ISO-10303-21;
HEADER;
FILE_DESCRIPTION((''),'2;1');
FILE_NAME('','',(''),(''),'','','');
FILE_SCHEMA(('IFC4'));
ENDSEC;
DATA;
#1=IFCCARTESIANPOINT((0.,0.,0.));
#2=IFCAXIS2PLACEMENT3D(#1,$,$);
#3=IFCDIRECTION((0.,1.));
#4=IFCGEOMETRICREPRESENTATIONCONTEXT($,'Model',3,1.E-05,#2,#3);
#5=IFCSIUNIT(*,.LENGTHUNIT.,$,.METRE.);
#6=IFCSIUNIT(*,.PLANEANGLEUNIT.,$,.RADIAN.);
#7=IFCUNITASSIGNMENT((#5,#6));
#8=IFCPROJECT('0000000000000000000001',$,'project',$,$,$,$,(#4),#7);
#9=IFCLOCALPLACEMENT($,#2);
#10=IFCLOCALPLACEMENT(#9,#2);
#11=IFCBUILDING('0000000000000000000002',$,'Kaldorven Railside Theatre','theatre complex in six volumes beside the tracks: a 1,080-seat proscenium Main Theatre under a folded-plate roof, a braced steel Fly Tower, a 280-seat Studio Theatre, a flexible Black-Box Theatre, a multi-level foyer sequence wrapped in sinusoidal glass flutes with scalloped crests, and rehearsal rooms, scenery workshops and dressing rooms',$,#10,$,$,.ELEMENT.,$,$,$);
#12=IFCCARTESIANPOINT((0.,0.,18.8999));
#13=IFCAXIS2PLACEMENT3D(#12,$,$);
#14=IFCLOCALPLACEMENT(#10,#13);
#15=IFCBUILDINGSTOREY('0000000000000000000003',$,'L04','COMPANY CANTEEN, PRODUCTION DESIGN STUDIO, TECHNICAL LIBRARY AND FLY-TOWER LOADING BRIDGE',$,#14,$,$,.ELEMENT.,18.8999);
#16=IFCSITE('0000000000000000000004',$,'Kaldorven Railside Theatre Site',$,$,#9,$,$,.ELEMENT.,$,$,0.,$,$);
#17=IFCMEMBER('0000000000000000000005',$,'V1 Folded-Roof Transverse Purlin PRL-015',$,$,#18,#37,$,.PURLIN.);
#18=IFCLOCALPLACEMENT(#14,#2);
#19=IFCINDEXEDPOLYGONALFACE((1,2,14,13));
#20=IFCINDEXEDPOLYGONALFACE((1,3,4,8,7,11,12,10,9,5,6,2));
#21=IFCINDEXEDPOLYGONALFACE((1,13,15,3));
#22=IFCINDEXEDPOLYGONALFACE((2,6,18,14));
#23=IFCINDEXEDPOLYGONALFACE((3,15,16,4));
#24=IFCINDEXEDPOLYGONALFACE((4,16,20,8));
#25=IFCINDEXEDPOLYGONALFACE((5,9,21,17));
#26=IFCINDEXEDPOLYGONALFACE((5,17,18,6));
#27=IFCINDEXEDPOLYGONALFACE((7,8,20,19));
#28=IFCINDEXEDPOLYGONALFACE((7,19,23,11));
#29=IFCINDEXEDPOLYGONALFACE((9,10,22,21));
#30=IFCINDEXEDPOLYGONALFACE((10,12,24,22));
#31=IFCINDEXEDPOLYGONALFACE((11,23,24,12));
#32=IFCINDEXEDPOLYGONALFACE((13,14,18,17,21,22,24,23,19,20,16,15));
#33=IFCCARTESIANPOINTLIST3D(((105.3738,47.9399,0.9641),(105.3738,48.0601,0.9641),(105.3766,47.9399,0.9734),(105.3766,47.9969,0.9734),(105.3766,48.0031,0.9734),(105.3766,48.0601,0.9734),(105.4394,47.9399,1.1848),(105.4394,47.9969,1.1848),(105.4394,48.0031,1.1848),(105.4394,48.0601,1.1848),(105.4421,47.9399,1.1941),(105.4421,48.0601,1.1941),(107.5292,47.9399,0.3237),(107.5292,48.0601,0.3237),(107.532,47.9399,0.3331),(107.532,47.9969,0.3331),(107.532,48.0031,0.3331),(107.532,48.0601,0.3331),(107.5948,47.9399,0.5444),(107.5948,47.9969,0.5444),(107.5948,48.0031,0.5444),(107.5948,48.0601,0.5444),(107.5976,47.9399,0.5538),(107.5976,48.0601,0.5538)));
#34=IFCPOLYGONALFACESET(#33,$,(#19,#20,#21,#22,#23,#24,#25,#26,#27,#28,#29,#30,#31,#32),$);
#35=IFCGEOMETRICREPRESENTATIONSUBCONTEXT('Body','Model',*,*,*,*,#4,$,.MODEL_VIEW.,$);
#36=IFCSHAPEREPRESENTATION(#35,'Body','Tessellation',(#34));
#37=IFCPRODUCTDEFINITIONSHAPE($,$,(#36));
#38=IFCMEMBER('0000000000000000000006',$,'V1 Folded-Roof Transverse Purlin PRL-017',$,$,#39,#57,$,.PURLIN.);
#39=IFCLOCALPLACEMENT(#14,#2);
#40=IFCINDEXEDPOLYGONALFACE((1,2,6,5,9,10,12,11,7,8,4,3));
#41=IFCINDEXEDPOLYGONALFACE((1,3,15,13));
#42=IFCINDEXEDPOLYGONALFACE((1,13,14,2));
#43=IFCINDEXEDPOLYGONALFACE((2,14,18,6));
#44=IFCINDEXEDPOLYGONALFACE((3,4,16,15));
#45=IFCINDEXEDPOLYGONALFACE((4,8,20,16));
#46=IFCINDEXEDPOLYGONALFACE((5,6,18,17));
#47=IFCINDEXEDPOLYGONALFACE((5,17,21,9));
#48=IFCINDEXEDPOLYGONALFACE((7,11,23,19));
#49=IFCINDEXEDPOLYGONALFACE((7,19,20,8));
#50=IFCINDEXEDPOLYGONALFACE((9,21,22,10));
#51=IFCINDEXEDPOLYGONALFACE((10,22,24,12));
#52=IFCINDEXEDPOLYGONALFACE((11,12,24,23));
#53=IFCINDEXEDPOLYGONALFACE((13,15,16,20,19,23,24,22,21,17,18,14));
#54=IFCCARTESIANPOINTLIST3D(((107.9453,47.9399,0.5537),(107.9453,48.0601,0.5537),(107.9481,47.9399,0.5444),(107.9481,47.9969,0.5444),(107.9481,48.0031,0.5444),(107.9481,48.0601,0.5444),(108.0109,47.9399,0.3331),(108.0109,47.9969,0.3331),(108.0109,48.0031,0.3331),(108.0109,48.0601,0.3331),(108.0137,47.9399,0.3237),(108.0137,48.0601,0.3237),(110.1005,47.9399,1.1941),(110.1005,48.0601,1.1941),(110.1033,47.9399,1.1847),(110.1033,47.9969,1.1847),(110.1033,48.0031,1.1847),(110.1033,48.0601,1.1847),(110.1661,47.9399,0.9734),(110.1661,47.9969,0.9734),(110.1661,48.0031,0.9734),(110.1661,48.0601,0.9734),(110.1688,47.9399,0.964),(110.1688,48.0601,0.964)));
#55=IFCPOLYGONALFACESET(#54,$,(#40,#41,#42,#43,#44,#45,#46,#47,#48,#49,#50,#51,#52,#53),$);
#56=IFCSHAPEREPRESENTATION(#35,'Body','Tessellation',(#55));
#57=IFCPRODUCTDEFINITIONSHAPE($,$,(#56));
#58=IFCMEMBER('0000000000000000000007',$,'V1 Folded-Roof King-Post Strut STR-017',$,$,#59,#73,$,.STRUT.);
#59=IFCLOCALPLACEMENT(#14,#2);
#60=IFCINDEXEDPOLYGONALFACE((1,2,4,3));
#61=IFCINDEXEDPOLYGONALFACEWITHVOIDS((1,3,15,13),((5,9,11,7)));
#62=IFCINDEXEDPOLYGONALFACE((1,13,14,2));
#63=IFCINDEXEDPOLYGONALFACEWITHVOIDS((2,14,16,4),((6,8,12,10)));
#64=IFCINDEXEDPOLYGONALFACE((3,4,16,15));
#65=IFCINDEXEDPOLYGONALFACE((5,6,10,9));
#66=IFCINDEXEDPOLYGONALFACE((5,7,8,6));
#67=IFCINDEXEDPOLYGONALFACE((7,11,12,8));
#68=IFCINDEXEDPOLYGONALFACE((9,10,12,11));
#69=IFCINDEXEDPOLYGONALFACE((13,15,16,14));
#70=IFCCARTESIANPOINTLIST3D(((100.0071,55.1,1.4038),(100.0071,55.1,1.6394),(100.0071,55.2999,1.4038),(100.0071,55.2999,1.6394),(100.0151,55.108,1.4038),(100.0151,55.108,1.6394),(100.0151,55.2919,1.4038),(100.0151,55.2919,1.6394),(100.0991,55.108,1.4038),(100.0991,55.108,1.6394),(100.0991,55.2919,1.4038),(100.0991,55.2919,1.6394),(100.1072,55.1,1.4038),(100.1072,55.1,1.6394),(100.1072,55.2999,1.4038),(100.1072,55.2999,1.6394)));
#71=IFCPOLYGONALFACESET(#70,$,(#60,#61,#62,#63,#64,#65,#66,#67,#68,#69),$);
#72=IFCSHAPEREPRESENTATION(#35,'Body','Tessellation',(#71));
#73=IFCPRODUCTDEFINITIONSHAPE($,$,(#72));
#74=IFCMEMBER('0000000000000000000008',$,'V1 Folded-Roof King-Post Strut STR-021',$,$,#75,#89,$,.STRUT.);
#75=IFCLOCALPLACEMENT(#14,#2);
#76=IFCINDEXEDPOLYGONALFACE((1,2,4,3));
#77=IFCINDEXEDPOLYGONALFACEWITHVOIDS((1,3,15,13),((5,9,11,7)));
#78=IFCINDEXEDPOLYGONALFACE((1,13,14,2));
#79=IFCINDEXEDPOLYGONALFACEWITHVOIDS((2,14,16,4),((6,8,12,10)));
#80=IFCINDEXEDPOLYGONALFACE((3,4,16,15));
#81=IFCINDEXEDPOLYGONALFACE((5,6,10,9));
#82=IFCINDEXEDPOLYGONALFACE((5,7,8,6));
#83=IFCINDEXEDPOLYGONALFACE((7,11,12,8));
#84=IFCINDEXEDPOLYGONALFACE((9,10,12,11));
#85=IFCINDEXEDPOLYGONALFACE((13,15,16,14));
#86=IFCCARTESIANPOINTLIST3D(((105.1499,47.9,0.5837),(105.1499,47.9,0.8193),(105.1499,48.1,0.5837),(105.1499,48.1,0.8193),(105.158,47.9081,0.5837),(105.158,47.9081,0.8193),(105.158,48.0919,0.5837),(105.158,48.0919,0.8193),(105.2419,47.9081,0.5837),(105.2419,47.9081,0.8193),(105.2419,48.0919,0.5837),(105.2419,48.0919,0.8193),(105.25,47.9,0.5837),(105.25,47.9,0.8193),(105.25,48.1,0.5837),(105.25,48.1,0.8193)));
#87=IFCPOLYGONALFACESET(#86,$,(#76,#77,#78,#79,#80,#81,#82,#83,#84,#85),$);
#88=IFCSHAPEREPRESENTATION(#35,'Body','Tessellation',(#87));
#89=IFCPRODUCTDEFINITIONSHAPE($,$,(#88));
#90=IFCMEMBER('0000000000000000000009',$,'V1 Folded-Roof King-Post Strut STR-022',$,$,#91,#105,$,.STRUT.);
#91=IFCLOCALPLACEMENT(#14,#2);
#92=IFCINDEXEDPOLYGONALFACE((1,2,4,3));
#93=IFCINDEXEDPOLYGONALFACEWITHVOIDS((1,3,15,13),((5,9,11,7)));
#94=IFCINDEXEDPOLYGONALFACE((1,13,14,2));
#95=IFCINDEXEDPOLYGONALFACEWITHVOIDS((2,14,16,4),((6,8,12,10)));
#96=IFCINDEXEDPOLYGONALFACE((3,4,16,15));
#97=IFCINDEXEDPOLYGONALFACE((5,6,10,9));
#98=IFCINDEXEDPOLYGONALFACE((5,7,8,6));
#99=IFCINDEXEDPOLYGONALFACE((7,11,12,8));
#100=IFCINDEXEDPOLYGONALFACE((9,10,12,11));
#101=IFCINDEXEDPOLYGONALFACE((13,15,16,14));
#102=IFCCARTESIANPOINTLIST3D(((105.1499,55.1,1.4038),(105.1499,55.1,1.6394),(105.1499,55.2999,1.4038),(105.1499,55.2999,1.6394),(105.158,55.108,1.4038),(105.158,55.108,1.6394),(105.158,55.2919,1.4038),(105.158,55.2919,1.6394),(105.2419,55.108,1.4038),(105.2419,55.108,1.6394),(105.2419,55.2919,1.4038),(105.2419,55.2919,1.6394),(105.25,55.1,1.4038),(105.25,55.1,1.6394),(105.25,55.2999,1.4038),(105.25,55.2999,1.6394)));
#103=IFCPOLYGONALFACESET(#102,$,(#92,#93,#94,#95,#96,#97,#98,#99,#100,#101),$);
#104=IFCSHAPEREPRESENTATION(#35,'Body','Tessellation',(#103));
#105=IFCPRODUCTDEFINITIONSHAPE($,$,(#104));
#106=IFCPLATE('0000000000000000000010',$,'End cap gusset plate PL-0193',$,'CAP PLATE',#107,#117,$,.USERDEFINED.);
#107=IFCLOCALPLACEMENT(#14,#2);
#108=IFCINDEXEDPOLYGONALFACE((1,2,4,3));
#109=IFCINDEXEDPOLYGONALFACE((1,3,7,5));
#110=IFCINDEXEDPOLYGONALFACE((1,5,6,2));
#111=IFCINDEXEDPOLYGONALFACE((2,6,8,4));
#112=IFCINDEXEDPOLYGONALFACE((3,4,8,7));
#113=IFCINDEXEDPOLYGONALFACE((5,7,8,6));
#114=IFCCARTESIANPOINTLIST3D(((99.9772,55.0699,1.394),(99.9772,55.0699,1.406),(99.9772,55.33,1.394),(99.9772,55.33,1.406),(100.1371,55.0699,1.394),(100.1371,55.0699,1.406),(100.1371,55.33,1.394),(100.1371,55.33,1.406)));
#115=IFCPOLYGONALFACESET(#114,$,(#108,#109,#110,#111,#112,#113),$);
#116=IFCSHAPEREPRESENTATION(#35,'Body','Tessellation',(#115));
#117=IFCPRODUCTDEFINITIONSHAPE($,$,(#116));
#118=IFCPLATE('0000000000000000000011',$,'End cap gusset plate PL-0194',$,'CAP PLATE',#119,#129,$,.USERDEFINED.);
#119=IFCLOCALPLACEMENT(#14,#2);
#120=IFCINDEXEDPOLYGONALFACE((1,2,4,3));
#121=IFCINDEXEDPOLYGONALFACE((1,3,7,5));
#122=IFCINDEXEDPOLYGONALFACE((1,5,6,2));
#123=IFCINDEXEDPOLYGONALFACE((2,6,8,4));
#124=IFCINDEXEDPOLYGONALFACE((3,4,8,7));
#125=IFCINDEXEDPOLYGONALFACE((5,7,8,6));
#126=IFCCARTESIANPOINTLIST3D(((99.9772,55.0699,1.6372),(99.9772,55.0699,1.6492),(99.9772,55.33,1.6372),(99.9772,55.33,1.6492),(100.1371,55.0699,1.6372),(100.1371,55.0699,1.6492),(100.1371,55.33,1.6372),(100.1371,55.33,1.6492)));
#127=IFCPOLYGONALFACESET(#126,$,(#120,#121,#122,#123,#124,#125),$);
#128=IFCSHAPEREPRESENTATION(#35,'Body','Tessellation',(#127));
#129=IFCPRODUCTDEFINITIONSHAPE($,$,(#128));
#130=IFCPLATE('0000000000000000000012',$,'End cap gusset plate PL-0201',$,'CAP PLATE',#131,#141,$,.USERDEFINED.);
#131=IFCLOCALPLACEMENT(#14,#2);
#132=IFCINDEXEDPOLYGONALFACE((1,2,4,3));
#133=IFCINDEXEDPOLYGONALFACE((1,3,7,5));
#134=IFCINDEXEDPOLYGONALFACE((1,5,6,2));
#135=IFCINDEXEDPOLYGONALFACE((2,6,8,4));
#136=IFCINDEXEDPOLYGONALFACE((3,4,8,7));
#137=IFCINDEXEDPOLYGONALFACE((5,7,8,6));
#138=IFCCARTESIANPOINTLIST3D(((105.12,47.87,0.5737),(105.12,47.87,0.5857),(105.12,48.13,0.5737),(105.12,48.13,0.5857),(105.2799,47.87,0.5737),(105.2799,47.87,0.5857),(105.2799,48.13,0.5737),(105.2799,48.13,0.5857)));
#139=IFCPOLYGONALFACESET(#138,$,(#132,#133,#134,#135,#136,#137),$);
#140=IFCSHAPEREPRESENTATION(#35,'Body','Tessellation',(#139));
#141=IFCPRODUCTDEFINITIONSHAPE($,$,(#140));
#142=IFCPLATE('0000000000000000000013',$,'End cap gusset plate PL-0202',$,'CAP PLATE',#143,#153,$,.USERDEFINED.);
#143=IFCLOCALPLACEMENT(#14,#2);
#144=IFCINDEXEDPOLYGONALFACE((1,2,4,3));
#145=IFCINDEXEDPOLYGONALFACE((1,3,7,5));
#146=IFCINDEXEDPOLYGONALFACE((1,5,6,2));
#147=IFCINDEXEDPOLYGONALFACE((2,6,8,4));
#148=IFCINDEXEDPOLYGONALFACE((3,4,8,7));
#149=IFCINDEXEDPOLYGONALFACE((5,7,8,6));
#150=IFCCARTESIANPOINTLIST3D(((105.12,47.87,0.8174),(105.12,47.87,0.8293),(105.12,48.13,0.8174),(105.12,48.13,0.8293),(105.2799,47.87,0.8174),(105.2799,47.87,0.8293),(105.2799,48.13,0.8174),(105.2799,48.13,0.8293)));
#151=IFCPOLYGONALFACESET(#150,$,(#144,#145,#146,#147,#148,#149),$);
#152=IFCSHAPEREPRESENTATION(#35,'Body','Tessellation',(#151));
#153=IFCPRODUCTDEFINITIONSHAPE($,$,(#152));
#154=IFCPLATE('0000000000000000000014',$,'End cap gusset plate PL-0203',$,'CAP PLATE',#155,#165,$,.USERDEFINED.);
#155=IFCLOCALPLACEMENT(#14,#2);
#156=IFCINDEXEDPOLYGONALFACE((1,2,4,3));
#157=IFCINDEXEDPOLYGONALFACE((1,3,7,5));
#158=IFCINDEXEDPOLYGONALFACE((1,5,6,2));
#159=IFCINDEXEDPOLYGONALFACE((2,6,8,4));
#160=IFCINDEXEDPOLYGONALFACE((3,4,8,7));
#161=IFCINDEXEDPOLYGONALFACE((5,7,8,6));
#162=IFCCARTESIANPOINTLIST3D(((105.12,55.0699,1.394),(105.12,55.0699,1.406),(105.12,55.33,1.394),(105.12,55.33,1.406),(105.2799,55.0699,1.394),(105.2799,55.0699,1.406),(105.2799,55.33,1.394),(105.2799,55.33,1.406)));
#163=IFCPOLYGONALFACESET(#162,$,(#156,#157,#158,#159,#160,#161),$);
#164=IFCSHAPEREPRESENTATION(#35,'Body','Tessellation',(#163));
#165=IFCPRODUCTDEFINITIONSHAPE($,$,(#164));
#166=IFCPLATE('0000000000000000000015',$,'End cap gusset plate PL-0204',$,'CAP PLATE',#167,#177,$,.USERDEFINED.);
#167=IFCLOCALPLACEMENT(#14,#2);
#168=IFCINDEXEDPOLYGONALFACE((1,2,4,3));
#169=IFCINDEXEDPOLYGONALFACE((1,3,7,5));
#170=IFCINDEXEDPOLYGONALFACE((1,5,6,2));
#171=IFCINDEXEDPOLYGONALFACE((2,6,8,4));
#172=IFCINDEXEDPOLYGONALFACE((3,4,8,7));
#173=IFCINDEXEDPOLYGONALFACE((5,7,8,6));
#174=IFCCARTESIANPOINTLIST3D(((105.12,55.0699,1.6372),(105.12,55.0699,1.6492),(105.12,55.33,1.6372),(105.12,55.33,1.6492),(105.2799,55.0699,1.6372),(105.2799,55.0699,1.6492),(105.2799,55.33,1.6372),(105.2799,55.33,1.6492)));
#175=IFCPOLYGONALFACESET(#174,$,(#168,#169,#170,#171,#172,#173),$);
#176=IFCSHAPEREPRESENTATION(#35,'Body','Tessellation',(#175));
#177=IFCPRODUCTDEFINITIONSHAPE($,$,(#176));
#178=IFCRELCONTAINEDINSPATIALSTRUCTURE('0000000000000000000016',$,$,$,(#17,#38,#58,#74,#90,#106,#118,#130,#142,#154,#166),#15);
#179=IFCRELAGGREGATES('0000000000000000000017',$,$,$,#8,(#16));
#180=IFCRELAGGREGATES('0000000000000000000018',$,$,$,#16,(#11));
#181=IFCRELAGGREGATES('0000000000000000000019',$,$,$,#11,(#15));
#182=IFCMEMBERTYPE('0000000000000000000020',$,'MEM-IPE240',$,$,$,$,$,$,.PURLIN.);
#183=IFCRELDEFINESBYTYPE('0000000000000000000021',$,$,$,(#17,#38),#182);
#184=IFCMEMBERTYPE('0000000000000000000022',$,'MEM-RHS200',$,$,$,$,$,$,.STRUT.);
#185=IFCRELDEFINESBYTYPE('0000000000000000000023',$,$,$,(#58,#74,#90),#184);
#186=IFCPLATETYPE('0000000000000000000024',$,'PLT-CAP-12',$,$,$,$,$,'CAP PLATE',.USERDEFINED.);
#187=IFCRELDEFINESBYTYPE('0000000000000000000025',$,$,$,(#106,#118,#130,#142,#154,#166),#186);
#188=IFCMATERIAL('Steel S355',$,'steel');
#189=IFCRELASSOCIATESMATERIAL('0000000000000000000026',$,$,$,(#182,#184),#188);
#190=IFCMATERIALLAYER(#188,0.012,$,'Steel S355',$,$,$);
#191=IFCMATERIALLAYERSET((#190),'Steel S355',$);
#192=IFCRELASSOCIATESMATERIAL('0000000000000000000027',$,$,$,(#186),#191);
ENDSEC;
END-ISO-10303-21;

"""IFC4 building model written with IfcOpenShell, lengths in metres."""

from ifc_helpers import new_model, si_unit, direction, frame, origin, origin_2d, place, context, subcontext, project, spatial, rectangle, hollow_rectangle, i_section, extrude, material, layer, layer_set, material_profile, profile_set, type_object, element, save


model = new_model("IFC4")

# Units and contexts
model_context = context("Model", 3, precision=1e-05, world=origin(), true_north=direction((0.0, 1.0)))
body_context = subcontext(model_context, "Body", "Model", "MODEL_VIEW")
ifc_project = project(units=[si_unit("LENGTHUNIT", "METRE"), si_unit("PLANEANGLEUNIT", "RADIAN")], contexts=[model_context])

# Site, building, storey
site_placement = place(None, origin())
site = spatial("IfcSite", under=ifc_project, at=site_placement, Name="Kaldorven Railside Theatre Site", CompositionType="ELEMENT", RefElevation=0.0)
building_placement = place(site_placement, origin())
building = spatial("IfcBuilding", under=site, at=building_placement, Name="Kaldorven Railside Theatre", Description="theatre complex in six volumes beside the tracks: a 1,080-seat proscenium Main Theatre under a folded-plate roof, a braced steel Fly Tower, a 280-seat Studio Theatre, a flexible Black-Box Theatre, a multi-level foyer sequence wrapped in sinusoidal glass flutes with scalloped crests, and rehearsal rooms, scenery workshops and dressing rooms", CompositionType="ELEMENT")
storey_placement = place(building_placement, frame((0.0, 0.0, 18.8999)))
storey = spatial("IfcBuildingStorey", under=building, at=storey_placement, Name="L04", Description="COMPANY CANTEEN, PRODUCTION DESIGN STUDIO, TECHNICAL LIBRARY AND FLY-TOWER LOADING BRIDGE", CompositionType="ELEMENT", Elevation=18.8999)

# Shared definitions
ifc_material = material(Name="Steel S355", Category="steel")

# Members
ifc_material_profile_1 = material_profile(ifc_material, i_section(OverallWidth=0.1201, OverallDepth=0.24, WebThickness=0.0061, FlangeThickness=0.0098, at=origin_2d()), Name="IPE 240")
ifc_profile_set_1 = profile_set([ifc_material_profile_1], Name="Steel S355")
member_type_1 = type_object("IfcMemberType", Name="MEM-IPE240", PredefinedType="PURLIN", material=ifc_profile_set_1)
member_1_placement = place(storey_placement, frame((105.408, 48.0, 1.0791), z_axis=(0.958591, 0.0, -0.284787), x_axis=(0.0, 1.0, 0.0)))
element("IfcMember", 1, at=member_1_placement, inside=storey, type_object=member_type_1, Name="V1 Folded-Roof Transverse Purlin PRL-015", PredefinedType="PURLIN", context=body_context, shape_type="SweptSolid", body=[
    extrude(i_section(OverallWidth=0.1201, OverallDepth=0.24, WebThickness=0.0061, FlangeThickness=0.0098, at=origin_2d()), origin(), (0.0, 0.0, 1.0), 2.2485),
])
member_2_placement = place(storey_placement, frame((107.9795, 48.0, 0.4387), z_axis=(0.958582, 0.0, 0.284817), x_axis=(0.0, 1.0, 0.0)))
element("IfcMember", 2, at=member_2_placement, inside=storey, type_object=member_type_1, Name="V1 Folded-Roof Transverse Purlin PRL-017", PredefinedType="PURLIN", context=body_context, shape_type="SweptSolid", body=[
    extrude(i_section(OverallWidth=0.1201, OverallDepth=0.24, WebThickness=0.0061, FlangeThickness=0.0098, at=origin_2d()), origin(), (0.0, 0.0, 1.0), 2.2483),
])
ifc_material_profile_2 = material_profile(ifc_material, hollow_rectangle(XDim=0.1001, YDim=0.2, WallThickness=0.0081, at=origin_2d()), Name="RHS 200x100x8")
ifc_profile_set_2 = profile_set([ifc_material_profile_2], Name="Steel S355")
member_type_2 = type_object("IfcMemberType", Name="MEM-RHS200", PredefinedType="STRUT", material=ifc_profile_set_2)
for number, where, z_axis, x_axis, name in (
    (3, (100.0571, 55.2, 1.4038), (0.0, 0.0, 1.0), (1.0, 0.0, 0.0), "V1 Folded-Roof King-Post Strut STR-017"),
    (4, (105.2, 48.0, 0.5837), (0.0, 0.0, 1.0), (1.0, 0.0, 0.0), "V1 Folded-Roof King-Post Strut STR-021"),
    (5, (105.2, 55.2, 1.4038), (0.0, 0.0, 1.0), (1.0, 0.0, 0.0), "V1 Folded-Roof King-Post Strut STR-022"),
):
    element("IfcMember", number, at=place(storey_placement, frame(where, z_axis=z_axis, x_axis=x_axis)), inside=storey, type_object=member_type_2, Name=name, PredefinedType="STRUT", context=body_context, shape_type="SweptSolid", body=[
        extrude(hollow_rectangle(XDim=0.1001, YDim=0.2, WallThickness=0.0081, at=origin_2d()), origin(), (0.0, 0.0, 1.0), 0.2356),
    ])

# Plates
ifc_layer = layer(ifc_material, 0.012, Name="Steel S355")
ifc_layer_set = layer_set([ifc_layer], Name="Steel S355")
plate_type = type_object("IfcPlateType", Name="PLT-CAP-12", ElementType="CAP PLATE", PredefinedType="USERDEFINED", material=ifc_layer_set)
for number, where, z_axis, x_axis, name in (
    (6, (100.0571, 55.2, 1.394), (0.0, 0.0, 1.0), (1.0, 0.0, 0.0), "End cap gusset plate PL-0193"),
    (7, (100.0571, 55.2, 1.6372), (0.0, 0.0, 1.0), (1.0, 0.0, 0.0), "End cap gusset plate PL-0194"),
    (8, (105.2, 48.0, 0.5737), (0.0, 0.0, 1.0), (1.0, 0.0, 0.0), "End cap gusset plate PL-0201"),
    (9, (105.2, 48.0, 0.8174), (0.0, 0.0, 1.0), (1.0, 0.0, 0.0), "End cap gusset plate PL-0202"),
    (10, (105.2, 55.2, 1.394), (0.0, 0.0, 1.0), (1.0, 0.0, 0.0), "End cap gusset plate PL-0203"),
    (11, (105.2, 55.2, 1.6372), (0.0, 0.0, 1.0), (1.0, 0.0, 0.0), "End cap gusset plate PL-0204"),
):
    element("IfcPlate", number, at=place(storey_placement, frame(where, z_axis=z_axis, x_axis=x_axis)), inside=storey, type_object=plate_type, Name=name, ObjectType="CAP PLATE", PredefinedType="USERDEFINED", context=body_context, shape_type="SweptSolid", body=[
        extrude(rectangle(XDim=0.1599, YDim=0.26, at=origin_2d()), origin(), (0.0, 0.0, 1.0), 0.012),
    ])

save(model, "model.ifc")
